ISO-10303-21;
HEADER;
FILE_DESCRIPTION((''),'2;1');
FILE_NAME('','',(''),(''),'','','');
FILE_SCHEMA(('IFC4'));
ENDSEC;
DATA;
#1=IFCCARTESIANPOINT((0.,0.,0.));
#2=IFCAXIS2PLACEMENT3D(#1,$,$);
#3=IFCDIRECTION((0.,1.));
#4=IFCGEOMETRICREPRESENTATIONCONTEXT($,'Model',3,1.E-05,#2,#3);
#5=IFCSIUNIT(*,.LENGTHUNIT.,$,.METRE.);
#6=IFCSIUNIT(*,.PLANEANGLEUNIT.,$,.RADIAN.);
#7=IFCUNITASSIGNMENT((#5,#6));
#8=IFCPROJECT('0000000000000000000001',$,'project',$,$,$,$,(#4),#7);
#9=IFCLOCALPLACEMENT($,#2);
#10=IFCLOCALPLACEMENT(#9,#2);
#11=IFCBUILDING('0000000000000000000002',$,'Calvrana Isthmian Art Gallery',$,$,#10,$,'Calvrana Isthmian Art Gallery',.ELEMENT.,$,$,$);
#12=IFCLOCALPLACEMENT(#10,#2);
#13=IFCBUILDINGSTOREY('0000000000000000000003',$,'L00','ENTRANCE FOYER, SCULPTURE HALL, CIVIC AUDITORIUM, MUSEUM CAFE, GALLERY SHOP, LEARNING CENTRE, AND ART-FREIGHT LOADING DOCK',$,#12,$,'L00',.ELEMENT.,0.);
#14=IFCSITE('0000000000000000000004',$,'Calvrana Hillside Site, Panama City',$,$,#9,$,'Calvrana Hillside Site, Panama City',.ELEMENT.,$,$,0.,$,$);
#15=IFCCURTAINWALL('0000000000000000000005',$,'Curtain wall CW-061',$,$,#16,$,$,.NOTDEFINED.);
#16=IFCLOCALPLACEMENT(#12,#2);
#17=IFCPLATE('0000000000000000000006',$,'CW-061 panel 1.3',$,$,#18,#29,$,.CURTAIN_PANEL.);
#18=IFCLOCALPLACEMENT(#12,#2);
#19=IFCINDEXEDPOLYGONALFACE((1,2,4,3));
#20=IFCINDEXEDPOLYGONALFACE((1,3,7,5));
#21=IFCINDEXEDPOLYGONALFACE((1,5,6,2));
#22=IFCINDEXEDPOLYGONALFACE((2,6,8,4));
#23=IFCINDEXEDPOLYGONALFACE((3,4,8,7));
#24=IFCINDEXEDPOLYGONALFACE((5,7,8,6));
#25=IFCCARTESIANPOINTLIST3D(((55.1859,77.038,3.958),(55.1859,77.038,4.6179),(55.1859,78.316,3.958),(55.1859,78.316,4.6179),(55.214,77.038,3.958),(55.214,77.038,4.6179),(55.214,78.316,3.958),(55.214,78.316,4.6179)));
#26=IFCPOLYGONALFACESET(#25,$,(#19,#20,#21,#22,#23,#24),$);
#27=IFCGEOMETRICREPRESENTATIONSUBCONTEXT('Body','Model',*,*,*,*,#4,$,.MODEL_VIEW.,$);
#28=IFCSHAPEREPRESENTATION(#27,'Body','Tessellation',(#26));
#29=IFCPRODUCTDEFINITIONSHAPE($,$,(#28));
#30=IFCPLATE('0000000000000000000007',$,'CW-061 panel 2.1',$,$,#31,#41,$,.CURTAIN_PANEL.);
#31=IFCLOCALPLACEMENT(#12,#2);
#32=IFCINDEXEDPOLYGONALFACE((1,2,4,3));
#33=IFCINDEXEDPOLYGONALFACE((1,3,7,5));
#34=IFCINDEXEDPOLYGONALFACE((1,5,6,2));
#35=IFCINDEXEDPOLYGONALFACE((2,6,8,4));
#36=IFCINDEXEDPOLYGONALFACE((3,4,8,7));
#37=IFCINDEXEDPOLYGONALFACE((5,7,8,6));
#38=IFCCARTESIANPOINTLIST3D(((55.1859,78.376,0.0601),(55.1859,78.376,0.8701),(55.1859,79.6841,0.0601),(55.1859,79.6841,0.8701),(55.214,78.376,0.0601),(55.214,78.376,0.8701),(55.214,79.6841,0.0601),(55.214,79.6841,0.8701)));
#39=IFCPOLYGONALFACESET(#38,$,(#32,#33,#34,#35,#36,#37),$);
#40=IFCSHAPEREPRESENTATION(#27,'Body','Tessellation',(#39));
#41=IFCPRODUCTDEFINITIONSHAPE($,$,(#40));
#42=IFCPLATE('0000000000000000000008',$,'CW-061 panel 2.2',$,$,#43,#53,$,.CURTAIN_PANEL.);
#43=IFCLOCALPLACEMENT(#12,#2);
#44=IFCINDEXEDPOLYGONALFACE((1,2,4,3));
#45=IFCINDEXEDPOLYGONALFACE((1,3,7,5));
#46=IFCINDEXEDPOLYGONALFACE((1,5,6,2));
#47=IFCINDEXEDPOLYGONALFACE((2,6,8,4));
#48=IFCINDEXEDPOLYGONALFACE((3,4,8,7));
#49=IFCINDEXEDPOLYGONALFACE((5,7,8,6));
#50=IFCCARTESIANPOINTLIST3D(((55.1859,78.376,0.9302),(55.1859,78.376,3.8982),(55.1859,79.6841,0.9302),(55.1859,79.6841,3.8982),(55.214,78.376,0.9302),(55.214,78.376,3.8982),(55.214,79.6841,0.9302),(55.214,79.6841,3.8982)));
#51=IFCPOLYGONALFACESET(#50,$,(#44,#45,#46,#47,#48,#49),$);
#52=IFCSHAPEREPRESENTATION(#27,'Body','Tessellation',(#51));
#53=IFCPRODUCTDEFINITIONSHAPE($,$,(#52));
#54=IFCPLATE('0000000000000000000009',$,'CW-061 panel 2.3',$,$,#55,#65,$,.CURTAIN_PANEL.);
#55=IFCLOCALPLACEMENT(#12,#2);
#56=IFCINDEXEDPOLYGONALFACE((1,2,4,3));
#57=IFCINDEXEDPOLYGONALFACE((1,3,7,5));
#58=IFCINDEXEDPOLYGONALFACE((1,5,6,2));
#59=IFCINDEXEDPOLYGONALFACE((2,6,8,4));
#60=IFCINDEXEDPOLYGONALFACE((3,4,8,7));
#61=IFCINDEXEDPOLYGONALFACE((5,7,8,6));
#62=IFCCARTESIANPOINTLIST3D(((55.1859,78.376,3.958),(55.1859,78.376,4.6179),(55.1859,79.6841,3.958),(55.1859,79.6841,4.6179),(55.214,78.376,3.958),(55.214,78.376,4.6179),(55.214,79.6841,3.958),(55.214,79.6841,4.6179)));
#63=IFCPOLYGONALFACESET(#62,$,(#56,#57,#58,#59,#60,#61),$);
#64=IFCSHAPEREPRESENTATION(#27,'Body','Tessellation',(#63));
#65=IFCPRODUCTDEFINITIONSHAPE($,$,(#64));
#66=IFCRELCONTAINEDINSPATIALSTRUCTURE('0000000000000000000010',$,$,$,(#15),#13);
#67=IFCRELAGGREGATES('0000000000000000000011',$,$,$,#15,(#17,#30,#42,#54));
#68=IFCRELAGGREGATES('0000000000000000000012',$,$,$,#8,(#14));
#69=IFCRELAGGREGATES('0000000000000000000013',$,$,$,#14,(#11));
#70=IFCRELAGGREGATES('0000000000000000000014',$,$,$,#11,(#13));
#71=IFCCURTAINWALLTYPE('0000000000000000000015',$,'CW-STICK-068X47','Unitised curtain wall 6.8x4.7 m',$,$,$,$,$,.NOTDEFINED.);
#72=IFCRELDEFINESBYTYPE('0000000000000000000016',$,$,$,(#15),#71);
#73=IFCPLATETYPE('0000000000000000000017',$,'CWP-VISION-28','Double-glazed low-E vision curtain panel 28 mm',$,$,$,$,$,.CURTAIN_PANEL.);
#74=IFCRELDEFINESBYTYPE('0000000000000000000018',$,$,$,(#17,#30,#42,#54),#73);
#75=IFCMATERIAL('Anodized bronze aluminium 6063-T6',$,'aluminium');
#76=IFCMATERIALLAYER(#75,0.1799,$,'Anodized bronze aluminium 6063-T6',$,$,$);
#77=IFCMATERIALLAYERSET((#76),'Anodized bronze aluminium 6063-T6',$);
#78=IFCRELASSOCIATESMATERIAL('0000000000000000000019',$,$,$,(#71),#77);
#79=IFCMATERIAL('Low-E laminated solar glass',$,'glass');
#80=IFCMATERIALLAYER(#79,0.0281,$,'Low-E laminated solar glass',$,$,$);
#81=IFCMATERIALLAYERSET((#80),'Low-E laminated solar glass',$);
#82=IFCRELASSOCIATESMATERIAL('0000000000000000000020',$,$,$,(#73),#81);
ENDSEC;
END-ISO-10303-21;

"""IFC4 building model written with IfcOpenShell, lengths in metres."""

from ifc_helpers import new_model, si_unit, direction, frame, origin, origin_2d, place, context, subcontext, project, spatial, rectangle, extrude, material, layer, layer_set, type_object, element, aggregate, save


model = new_model("IFC4")

# Units and contexts
model_context = context("Model", 3, precision=1e-05, world=origin(), true_north=direction((0.0, 1.0)))
body_context = subcontext(model_context, "Body", "Model", "MODEL_VIEW")
ifc_project = project(units=[si_unit("LENGTHUNIT", "METRE"), si_unit("PLANEANGLEUNIT", "RADIAN")], contexts=[model_context])

# Site, building, storey
site_placement = place(None, origin())
site = spatial("IfcSite", under=ifc_project, at=site_placement, Name="Calvrana Hillside Site, Panama City", LongName="Calvrana Hillside Site, Panama City", CompositionType="ELEMENT", RefElevation=0.0)
building_placement = place(site_placement, origin())
building = spatial("IfcBuilding", under=site, at=building_placement, Name="Calvrana Isthmian Art Gallery", LongName="Calvrana Isthmian Art Gallery", CompositionType="ELEMENT")
storey_placement = place(building_placement, origin())
storey = spatial("IfcBuildingStorey", under=building, at=storey_placement, Name="L00", Description="ENTRANCE FOYER, SCULPTURE HALL, CIVIC AUDITORIUM, MUSEUM CAFE, GALLERY SHOP, LEARNING CENTRE, AND ART-FREIGHT LOADING DOCK", LongName="L00", CompositionType="ELEMENT", Elevation=0.0)

# Curtain wall
ifc_material_1 = material(Name="Anodized bronze aluminium 6063-T6", Category="aluminium")
ifc_layer_1 = layer(ifc_material_1, 0.1799, Name="Anodized bronze aluminium 6063-T6")
ifc_layer_set_1 = layer_set([ifc_layer_1], Name="Anodized bronze aluminium 6063-T6")
curtain_wall_type_1 = type_object("IfcCurtainWallType", Name="CW-STICK-068X47", Description="Unitised curtain wall 6.8x4.7 m", PredefinedType="NOTDEFINED", material=ifc_layer_set_1)
curtain_wall_1_placement = place(storey_placement, origin())
curtain_wall_1 = element("IfcCurtainWall", 1, at=curtain_wall_1_placement, inside=storey, type_object=curtain_wall_type_1, Name="Curtain wall CW-061", PredefinedType="NOTDEFINED")

# Plates
ifc_material_2 = material(Name="Low-E laminated solar glass", Category="glass")
ifc_layer_2 = layer(ifc_material_2, 0.0281, Name="Low-E laminated solar glass")
ifc_layer_set_2 = layer_set([ifc_layer_2], Name="Low-E laminated solar glass")
plate_type_1 = type_object("IfcPlateType", Name="CWP-VISION-28", Description="Double-glazed low-E vision curtain panel 28 mm", PredefinedType="CURTAIN_PANEL", material=ifc_layer_set_2)
plate_1_placement = place(storey_placement, frame((55.2, 77.677, 3.958), z_axis=(0.0, 0.0, 1.0), x_axis=(0.0, 1.0, 0.0)))
plate_1 = element("IfcPlate", 2, at=plate_1_placement, type_object=plate_type_1, Name="CW-061 panel 1.3", PredefinedType="CURTAIN_PANEL", context=body_context, shape_type="SweptSolid", body=[
    extrude(rectangle(XDim=1.2781, YDim=0.0281, at=origin_2d()), origin(), (0.0, 0.0, 1.0), 0.6599),
])
plate_2_placement = place(storey_placement, frame((55.2, 79.03, 0.0601), z_axis=(0.0, 0.0, 1.0), x_axis=(0.0, 1.0, 0.0)))
plate_2 = element("IfcPlate", 3, at=plate_2_placement, type_object=plate_type_1, Name="CW-061 panel 2.1", PredefinedType="CURTAIN_PANEL", context=body_context, shape_type="SweptSolid", body=[
    extrude(rectangle(XDim=1.3081, YDim=0.0281, at=origin_2d()), origin(), (0.0, 0.0, 1.0), 0.8101),
])
plate_3_placement = place(storey_placement, frame((55.2, 79.03, 0.9302), z_axis=(0.0, 0.0, 1.0), x_axis=(0.0, 1.0, 0.0)))
plate_3 = element("IfcPlate", 4, at=plate_3_placement, type_object=plate_type_1, Name="CW-061 panel 2.2", PredefinedType="CURTAIN_PANEL", context=body_context, shape_type="SweptSolid", body=[
    extrude(rectangle(XDim=1.3081, YDim=0.0281, at=origin_2d()), origin(), (0.0, 0.0, 1.0), 2.968),
])
plate_4_placement = place(storey_placement, frame((55.2, 79.03, 3.958), z_axis=(0.0, 0.0, 1.0), x_axis=(0.0, 1.0, 0.0)))
plate_4 = element("IfcPlate", 5, at=plate_4_placement, type_object=plate_type_1, Name="CW-061 panel 2.3", PredefinedType="CURTAIN_PANEL", context=body_context, shape_type="SweptSolid", body=[
    extrude(rectangle(XDim=1.3081, YDim=0.0281, at=origin_2d()), origin(), (0.0, 0.0, 1.0), 0.6599),
])
aggregate(curtain_wall_1, [plate_1, plate_2, plate_3, plate_4])

save(model, "model.ifc")
